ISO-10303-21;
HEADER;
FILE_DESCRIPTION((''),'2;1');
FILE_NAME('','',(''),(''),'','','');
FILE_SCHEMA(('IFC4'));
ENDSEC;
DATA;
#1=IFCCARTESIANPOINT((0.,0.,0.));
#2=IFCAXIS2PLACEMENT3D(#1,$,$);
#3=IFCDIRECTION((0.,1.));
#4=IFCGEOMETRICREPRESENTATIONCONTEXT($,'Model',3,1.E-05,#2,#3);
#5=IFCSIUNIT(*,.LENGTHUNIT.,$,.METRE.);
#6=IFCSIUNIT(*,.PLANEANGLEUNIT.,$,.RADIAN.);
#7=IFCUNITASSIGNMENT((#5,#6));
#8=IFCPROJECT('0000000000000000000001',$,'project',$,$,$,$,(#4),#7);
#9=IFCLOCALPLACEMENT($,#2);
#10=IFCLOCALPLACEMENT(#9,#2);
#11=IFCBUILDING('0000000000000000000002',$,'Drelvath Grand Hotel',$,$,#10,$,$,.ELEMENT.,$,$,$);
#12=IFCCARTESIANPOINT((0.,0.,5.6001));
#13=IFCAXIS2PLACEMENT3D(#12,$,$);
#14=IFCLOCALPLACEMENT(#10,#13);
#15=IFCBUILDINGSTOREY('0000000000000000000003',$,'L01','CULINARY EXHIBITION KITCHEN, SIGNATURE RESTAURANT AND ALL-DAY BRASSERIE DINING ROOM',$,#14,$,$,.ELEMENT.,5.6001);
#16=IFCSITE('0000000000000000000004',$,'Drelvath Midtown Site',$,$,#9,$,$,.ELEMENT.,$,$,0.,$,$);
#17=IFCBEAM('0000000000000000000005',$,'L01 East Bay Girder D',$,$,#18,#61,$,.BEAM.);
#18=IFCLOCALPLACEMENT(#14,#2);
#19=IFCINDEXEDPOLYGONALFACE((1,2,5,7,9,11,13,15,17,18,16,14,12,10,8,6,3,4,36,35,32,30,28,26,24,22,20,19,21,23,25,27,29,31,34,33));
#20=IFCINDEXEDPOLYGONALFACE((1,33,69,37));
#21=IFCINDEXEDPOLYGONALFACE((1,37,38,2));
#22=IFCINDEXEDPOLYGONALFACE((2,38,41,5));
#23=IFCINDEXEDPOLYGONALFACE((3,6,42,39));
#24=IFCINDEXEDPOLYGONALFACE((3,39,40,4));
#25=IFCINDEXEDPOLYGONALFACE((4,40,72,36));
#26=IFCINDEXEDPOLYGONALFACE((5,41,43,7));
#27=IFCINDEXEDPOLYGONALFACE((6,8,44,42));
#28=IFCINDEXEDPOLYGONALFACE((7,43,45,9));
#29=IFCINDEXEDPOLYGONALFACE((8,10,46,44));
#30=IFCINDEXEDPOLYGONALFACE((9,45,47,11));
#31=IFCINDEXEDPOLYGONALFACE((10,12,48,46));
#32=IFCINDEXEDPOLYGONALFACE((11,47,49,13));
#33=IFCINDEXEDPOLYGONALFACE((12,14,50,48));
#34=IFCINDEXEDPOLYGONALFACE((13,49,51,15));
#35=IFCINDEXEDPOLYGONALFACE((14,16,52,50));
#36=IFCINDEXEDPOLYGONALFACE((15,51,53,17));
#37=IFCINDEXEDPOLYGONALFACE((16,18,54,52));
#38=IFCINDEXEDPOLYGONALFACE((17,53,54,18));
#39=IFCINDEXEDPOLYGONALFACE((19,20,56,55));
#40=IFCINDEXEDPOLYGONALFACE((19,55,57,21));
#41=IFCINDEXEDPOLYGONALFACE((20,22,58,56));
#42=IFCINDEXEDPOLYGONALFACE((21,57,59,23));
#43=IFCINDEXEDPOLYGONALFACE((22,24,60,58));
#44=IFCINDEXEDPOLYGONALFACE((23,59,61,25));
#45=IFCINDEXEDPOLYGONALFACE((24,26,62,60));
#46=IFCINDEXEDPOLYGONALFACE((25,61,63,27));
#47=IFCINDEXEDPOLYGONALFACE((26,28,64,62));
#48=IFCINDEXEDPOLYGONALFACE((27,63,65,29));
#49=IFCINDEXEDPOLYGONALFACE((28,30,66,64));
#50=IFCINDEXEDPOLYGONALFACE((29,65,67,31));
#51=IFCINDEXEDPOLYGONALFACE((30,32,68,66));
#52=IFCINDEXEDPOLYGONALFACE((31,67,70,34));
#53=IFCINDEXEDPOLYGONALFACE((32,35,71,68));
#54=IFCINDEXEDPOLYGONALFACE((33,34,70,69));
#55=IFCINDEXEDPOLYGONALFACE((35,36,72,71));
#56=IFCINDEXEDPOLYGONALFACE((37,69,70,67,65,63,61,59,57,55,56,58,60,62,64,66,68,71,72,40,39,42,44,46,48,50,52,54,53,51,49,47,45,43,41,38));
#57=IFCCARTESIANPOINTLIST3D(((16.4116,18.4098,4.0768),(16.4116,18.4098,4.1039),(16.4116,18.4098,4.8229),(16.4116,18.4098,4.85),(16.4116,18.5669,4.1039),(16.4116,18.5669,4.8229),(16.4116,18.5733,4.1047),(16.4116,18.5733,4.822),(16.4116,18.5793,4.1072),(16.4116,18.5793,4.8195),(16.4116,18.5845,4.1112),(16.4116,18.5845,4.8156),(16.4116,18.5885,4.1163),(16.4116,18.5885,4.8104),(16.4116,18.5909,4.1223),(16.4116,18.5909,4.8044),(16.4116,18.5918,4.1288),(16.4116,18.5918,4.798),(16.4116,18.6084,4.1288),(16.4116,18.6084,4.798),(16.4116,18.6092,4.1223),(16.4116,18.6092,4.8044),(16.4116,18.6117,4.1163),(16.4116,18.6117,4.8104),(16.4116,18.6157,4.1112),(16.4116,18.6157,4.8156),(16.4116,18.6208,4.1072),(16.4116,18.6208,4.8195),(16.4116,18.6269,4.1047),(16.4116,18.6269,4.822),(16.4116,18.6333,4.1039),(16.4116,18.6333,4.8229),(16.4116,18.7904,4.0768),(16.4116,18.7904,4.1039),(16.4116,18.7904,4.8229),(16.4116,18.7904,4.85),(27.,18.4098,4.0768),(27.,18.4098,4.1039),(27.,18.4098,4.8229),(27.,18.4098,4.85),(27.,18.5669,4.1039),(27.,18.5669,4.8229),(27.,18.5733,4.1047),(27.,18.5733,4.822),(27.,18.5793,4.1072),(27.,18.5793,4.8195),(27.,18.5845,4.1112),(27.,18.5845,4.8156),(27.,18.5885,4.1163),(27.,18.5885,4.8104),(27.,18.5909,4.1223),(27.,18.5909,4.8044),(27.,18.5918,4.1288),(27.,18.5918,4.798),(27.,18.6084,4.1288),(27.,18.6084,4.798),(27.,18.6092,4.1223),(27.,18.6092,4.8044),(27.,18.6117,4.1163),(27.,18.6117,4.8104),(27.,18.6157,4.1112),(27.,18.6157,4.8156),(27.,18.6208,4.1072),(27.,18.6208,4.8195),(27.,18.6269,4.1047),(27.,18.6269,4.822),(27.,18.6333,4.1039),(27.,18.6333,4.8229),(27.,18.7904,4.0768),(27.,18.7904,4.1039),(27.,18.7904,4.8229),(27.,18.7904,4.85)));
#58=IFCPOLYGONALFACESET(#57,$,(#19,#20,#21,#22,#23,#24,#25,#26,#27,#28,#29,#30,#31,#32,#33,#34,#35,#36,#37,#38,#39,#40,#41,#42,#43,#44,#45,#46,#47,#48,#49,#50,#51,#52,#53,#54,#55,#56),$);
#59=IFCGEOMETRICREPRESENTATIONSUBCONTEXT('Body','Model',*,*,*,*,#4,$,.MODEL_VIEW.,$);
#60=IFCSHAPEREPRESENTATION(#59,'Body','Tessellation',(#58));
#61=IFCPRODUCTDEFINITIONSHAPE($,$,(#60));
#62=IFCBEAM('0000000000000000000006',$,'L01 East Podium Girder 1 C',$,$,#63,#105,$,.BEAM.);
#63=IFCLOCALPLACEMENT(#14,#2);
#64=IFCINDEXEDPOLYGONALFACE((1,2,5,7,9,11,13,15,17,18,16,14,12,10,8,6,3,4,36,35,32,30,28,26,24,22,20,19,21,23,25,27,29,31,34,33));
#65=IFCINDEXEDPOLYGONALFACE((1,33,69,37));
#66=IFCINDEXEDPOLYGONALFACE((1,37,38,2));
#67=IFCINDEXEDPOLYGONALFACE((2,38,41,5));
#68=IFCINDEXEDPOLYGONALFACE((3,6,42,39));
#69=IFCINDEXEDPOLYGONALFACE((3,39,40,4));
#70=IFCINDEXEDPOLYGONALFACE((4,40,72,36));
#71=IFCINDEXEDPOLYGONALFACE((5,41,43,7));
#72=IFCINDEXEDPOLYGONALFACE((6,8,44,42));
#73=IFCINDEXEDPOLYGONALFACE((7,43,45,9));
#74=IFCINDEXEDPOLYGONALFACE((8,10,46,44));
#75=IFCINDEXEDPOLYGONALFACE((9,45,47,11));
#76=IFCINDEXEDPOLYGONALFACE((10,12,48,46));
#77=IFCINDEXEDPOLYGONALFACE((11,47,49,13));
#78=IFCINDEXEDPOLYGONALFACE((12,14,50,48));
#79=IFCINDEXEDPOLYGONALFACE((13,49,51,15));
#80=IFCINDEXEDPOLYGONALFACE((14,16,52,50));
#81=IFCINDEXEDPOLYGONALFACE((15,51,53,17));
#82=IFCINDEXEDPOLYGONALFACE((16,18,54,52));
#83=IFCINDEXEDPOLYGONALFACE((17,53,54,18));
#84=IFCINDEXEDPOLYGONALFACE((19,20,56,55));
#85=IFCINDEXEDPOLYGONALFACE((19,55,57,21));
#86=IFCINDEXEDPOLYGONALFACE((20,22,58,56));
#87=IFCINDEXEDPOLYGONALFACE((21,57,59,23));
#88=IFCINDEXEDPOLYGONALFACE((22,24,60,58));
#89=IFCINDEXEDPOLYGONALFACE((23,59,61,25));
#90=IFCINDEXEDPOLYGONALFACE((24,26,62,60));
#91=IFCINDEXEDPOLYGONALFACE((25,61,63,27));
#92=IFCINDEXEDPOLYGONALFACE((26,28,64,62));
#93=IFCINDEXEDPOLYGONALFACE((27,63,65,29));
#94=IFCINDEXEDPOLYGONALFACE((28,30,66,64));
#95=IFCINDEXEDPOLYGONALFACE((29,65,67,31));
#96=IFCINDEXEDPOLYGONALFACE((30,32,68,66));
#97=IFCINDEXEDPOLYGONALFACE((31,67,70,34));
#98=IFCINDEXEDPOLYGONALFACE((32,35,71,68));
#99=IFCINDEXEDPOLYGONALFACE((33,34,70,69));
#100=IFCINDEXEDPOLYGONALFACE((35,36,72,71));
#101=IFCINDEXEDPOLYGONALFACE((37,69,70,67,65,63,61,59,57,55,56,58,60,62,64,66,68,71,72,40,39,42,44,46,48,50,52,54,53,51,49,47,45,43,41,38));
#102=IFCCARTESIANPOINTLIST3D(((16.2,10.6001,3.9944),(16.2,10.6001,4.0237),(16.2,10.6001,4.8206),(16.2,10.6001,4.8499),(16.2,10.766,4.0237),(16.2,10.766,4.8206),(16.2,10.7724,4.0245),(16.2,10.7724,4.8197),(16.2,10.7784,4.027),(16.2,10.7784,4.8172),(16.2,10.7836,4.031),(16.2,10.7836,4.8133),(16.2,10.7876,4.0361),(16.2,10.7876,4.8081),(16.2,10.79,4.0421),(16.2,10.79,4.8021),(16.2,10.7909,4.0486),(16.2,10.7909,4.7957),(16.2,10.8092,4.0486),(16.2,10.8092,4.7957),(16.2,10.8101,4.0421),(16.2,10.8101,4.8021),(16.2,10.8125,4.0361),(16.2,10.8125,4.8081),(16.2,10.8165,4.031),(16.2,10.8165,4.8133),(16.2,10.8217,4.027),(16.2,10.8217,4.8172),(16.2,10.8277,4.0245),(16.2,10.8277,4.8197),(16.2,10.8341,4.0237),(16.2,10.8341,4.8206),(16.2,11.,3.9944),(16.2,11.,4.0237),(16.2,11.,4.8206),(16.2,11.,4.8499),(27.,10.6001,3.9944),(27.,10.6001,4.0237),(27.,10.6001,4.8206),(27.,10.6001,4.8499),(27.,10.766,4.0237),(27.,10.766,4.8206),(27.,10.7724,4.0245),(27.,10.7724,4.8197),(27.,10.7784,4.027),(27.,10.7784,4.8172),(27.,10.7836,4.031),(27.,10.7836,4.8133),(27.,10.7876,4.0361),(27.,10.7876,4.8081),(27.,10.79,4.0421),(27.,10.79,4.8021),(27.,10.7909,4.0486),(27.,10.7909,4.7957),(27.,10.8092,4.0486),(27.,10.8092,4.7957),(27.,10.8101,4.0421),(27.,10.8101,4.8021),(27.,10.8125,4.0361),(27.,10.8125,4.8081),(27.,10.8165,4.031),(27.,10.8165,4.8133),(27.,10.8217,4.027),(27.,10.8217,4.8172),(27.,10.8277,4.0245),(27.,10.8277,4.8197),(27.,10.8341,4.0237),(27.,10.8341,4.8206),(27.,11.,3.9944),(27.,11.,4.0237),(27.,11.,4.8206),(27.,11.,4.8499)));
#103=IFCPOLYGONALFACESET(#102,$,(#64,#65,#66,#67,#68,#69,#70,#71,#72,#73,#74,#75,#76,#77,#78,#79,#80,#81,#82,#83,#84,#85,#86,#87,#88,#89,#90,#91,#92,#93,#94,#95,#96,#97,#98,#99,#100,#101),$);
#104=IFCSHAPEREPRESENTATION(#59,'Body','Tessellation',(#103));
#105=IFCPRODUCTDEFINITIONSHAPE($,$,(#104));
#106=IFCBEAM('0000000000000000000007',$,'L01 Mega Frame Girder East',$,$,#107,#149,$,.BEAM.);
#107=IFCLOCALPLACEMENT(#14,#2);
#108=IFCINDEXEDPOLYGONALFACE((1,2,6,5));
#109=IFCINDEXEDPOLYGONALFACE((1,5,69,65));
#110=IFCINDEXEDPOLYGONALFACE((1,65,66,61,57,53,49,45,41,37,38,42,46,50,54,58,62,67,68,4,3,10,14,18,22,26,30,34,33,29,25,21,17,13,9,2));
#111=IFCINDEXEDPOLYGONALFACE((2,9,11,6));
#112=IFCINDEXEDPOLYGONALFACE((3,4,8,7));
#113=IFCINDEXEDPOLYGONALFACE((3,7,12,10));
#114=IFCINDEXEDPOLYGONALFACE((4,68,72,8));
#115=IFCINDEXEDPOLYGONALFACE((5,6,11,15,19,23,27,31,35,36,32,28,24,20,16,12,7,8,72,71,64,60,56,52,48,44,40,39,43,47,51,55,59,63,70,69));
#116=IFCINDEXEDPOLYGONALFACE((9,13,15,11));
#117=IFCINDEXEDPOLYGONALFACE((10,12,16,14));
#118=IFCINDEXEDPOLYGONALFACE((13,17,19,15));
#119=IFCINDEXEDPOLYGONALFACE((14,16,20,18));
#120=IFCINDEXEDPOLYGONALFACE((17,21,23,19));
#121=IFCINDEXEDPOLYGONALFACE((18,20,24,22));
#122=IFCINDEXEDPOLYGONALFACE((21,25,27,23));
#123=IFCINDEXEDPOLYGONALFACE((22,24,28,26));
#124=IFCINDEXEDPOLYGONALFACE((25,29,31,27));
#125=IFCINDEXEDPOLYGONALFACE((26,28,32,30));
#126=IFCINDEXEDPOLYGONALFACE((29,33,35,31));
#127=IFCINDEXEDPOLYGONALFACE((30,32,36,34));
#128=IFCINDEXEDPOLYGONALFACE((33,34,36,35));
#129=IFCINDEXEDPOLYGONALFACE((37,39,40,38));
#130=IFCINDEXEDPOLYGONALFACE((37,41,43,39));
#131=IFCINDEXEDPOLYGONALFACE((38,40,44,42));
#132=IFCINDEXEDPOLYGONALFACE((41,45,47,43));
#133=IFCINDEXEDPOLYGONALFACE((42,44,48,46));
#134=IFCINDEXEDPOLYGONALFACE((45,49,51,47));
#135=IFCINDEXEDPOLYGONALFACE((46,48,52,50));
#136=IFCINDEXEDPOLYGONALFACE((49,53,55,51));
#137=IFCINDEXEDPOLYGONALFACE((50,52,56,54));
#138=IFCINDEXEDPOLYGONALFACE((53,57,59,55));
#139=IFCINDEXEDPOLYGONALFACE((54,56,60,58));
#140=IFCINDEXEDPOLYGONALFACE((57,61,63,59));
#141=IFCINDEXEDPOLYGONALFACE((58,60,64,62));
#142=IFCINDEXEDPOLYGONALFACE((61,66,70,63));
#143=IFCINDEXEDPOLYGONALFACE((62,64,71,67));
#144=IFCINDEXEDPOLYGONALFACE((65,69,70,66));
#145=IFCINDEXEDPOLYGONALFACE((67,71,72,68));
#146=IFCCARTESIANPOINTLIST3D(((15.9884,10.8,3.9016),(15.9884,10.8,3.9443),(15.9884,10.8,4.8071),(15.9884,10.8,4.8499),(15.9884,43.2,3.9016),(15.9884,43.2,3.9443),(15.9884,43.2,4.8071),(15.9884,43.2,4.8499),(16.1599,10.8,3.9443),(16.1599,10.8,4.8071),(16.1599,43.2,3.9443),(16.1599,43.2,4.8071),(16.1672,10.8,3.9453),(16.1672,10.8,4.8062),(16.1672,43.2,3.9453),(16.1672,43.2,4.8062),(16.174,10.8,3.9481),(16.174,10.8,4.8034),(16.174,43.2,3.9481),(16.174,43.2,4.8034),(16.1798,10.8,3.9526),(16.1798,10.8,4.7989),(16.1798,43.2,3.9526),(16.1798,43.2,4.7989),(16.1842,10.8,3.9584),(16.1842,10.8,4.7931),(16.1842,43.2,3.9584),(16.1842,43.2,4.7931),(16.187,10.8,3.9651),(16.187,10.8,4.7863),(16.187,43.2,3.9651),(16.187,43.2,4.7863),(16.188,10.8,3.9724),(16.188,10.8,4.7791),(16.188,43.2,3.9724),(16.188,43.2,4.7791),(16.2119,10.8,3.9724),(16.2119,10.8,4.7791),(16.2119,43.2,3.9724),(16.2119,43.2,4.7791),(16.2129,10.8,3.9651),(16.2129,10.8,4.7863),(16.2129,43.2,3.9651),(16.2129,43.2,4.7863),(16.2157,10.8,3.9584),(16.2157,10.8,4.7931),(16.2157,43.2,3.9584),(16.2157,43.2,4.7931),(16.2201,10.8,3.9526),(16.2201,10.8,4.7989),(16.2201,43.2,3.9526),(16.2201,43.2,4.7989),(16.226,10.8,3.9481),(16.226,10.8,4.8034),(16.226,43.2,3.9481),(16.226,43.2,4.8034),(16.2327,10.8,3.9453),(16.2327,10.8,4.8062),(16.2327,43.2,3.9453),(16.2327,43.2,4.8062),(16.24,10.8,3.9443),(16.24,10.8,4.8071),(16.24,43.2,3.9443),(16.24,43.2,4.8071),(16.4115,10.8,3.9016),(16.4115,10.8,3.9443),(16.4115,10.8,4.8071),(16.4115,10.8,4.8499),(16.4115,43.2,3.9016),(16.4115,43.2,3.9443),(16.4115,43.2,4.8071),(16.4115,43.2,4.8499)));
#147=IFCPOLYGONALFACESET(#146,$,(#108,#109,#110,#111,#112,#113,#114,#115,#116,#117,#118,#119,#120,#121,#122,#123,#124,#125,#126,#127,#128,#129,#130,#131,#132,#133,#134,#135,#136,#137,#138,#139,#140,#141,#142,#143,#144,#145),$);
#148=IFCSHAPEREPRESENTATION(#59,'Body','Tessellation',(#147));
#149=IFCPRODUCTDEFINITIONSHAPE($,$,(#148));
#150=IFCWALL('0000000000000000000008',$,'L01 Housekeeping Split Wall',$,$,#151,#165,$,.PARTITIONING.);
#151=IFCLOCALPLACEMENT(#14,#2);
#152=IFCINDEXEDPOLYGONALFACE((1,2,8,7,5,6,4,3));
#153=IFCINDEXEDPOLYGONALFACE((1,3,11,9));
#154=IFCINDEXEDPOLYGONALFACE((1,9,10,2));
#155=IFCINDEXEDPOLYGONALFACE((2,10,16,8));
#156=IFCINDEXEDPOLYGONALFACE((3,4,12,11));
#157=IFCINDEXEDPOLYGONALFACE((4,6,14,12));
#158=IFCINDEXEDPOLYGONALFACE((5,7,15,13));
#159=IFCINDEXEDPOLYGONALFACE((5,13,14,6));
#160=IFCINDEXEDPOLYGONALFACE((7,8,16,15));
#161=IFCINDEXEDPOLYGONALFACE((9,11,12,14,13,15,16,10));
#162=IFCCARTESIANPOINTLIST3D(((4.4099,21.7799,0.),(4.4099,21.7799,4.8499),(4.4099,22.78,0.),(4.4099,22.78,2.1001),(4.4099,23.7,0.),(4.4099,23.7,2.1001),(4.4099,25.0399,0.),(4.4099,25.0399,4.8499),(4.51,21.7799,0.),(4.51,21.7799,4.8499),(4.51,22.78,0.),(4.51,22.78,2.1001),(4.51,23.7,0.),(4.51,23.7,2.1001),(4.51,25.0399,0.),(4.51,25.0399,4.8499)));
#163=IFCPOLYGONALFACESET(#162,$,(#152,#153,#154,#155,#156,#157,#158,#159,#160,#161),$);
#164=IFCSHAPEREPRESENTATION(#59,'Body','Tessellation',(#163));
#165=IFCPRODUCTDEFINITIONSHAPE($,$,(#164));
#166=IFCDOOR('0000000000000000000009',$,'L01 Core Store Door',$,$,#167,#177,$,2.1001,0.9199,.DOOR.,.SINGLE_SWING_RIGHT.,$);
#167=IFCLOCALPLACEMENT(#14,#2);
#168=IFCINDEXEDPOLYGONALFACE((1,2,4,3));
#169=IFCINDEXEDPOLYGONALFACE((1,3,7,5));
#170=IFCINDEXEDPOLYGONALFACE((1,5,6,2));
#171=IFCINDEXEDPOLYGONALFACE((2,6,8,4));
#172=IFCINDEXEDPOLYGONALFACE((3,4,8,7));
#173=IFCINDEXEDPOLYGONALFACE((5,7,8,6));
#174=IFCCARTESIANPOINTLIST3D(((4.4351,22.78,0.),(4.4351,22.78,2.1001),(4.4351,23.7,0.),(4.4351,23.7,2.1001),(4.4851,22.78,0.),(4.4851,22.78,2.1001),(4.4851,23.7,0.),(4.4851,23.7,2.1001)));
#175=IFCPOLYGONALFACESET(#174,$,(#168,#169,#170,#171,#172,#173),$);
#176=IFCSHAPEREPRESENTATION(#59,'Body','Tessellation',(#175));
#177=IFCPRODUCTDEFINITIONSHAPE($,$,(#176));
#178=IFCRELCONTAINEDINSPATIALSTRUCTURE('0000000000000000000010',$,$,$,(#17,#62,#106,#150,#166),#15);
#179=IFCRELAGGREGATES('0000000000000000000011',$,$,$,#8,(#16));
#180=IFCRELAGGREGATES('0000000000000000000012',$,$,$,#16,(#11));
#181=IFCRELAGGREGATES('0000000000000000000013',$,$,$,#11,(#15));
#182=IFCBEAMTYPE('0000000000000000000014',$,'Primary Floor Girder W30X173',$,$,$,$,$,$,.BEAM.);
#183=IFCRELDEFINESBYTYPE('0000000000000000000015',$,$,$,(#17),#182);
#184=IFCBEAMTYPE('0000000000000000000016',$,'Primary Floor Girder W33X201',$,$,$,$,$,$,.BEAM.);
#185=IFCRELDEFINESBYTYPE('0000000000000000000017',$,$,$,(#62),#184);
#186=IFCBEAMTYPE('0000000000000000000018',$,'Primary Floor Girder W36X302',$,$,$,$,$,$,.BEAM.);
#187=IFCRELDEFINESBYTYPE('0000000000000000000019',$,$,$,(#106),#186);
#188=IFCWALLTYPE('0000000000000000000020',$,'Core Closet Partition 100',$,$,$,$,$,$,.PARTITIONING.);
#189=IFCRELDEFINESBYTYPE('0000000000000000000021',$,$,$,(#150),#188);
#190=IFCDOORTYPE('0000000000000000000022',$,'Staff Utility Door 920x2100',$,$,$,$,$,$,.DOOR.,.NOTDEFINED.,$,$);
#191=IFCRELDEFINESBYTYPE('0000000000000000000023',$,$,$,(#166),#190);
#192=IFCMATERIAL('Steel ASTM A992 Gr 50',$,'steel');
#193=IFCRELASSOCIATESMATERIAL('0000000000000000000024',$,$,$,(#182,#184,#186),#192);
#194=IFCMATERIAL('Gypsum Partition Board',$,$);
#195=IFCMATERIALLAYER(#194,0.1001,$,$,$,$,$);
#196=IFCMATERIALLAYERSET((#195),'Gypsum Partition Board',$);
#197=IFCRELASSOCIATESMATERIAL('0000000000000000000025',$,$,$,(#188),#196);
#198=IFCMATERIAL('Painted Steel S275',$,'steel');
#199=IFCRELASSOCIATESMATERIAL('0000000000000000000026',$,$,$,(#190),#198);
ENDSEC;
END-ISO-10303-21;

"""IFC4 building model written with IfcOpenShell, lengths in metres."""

from ifc_helpers import new_model, si_unit, direction, frame, frame_2d, origin, origin_2d, place, context, subcontext, project, spatial, rectangle, i_section, extrude, material, layer, layer_set, material_profile, profile_set, type_object, element, fill, save


model = new_model("IFC4")

# Units and contexts
model_context = context("Model", 3, precision=1e-05, world=origin(), true_north=direction((0.0, 1.0)))
body_context = subcontext(model_context, "Body", "Model", "MODEL_VIEW")
ifc_project = project(units=[si_unit("LENGTHUNIT", "METRE"), si_unit("PLANEANGLEUNIT", "RADIAN")], contexts=[model_context])

# Site, building, storey
site_placement = place(None, origin())
site = spatial("IfcSite", under=ifc_project, at=site_placement, Name="Drelvath Midtown Site", CompositionType="ELEMENT", RefElevation=0.0)
building_placement = place(site_placement, origin())
building = spatial("IfcBuilding", under=site, at=building_placement, Name="Drelvath Grand Hotel", CompositionType="ELEMENT")
storey_placement = place(building_placement, frame((0.0, 0.0, 5.6001)))
storey = spatial("IfcBuildingStorey", under=building, at=storey_placement, Name="L01", Description="CULINARY EXHIBITION KITCHEN, SIGNATURE RESTAURANT AND ALL-DAY BRASSERIE DINING ROOM", CompositionType="ELEMENT", Elevation=5.6001)

# Beams
ifc_material_1 = material(Name="Steel ASTM A992 Gr 50", Category="steel")
ifc_material_profile_1 = material_profile(ifc_material_1, i_section(OverallWidth=0.3806, OverallDepth=0.7732, WebThickness=0.0166, FlangeThickness=0.0271, FilletRadius=0.0249, at=origin_2d()), Name="W30X173")
ifc_profile_set_1 = profile_set([ifc_material_profile_1], Name="Steel ASTM A992 Gr 50")
beam_type_1 = type_object("IfcBeamType", Name="Primary Floor Girder W30X173", PredefinedType="BEAM", material=ifc_profile_set_1)
beam_1_placement = place(storey_placement, frame((16.4116, 18.6001, 4.4634), z_axis=(1.0, 0.0, 0.0), x_axis=(0.0, 1.0, 0.0)))
element("IfcBeam", 1, at=beam_1_placement, inside=storey, type_object=beam_type_1, Name="L01 East Bay Girder D", PredefinedType="BEAM", context=body_context, shape_type="SweptSolid", body=[
    extrude(i_section(OverallWidth=0.3806, OverallDepth=0.7732, WebThickness=0.0166, FlangeThickness=0.0271, FilletRadius=0.0249, at=origin_2d()), origin(), (0.0, 0.0, 1.0), 10.5884),
])
ifc_material_profile_2 = material_profile(ifc_material_1, i_section(OverallWidth=0.3999, OverallDepth=0.8555, WebThickness=0.0183, FlangeThickness=0.0293, FilletRadius=0.0249, at=origin_2d()), Name="W33X201")
ifc_profile_set_2 = profile_set([ifc_material_profile_2], Name="Steel ASTM A992 Gr 50")
beam_type_2 = type_object("IfcBeamType", Name="Primary Floor Girder W33X201", PredefinedType="BEAM", material=ifc_profile_set_2)
beam_2_placement = place(storey_placement, frame((16.2, 10.8, 4.4221), z_axis=(1.0, 0.0, 0.0), x_axis=(0.0, 1.0, 0.0)))
element("IfcBeam", 2, at=beam_2_placement, inside=storey, type_object=beam_type_2, Name="L01 East Podium Girder 1 C", PredefinedType="BEAM", context=body_context, shape_type="SweptSolid", body=[
    extrude(i_section(OverallWidth=0.3999, OverallDepth=0.8555, WebThickness=0.0183, FlangeThickness=0.0293, FilletRadius=0.0249, at=origin_2d()), origin(), (0.0, 0.0, 1.0), 10.8),
])
ifc_material_profile_3 = material_profile(ifc_material_1, i_section(OverallWidth=0.4231, OverallDepth=0.9482, WebThickness=0.0239, FlangeThickness=0.0427, FilletRadius=0.0281, at=origin_2d()), Name="W36X302")
ifc_profile_set_3 = profile_set([ifc_material_profile_3], Name="Steel ASTM A992 Gr 50")
beam_type_3 = type_object("IfcBeamType", Name="Primary Floor Girder W36X302", PredefinedType="BEAM", material=ifc_profile_set_3)
beam_3_placement = place(storey_placement, frame((16.2, 10.8, 4.3757), z_axis=(0.0, 1.0, 0.0), x_axis=(-1.0, 0.0, 0.0)))
element("IfcBeam", 3, at=beam_3_placement, inside=storey, type_object=beam_type_3, Name="L01 Mega Frame Girder East", PredefinedType="BEAM", context=body_context, shape_type="SweptSolid", body=[
    extrude(i_section(OverallWidth=0.4231, OverallDepth=0.9482, WebThickness=0.0239, FlangeThickness=0.0427, FilletRadius=0.0281, at=origin_2d()), origin(), (0.0, 0.0, 1.0), 32.3999),
])

# Wall, opening, door
ifc_material_2 = material(Name="Gypsum Partition Board")
ifc_layer_1 = layer(ifc_material_2, 0.1001)
ifc_layer_set_1 = layer_set([ifc_layer_1], Name="Gypsum Partition Board")
wall_type_1 = type_object("IfcWallType", Name="Core Closet Partition 100", PredefinedType="PARTITIONING", material=ifc_layer_set_1)
wall_1_placement = place(storey_placement, frame((4.46, 21.78, 0.0), z_axis=(0.0, 0.0, 1.0), x_axis=(0.0, 1.0, 0.0)))
wall_1 = element("IfcWall", 4, at=wall_1_placement, inside=storey, type_object=wall_type_1, Name="L01 Housekeeping Split Wall", PredefinedType="PARTITIONING", context=body_context, shape_type="SweptSolid", body=[
    extrude(rectangle(XDim=3.26, YDim=0.1001, at=frame_2d((1.6299, 0.0))), origin(), (0.0, 0.0, 1.0), 4.8499),
])
opening_1_placement = place(wall_1_placement, frame((1.0, 0.0, 0.0)))
opening_1 = element("IfcOpeningElement", 5, at=opening_1_placement, cuts=wall_1, PredefinedType="OPENING", context=body_context, shape_type="SweptSolid", body=[
    extrude(rectangle(XDim=0.9199, YDim=2.1001, at=frame_2d((0.46, 1.05))), frame((0.0, 0.0601, 0.0), z_axis=(0.0, -1.0, 0.0), x_axis=(1.0, 0.0, 0.0)), (0.0, 0.0, 1.0), 0.1201),
])
ifc_material_3 = material(Name="Painted Steel S275", Category="steel")
door_type_1 = type_object("IfcDoorType", Name="Staff Utility Door 920x2100", OperationType="NOTDEFINED", PredefinedType="DOOR", material=ifc_material_3)
door_1_placement = place(opening_1_placement, origin())
door_1 = element("IfcDoor", 6, at=door_1_placement, inside=storey, type_object=door_type_1, Name="L01 Core Store Door", OperationType="SINGLE_SWING_RIGHT", OverallHeight=2.1001, OverallWidth=0.9199, PredefinedType="DOOR", context=body_context, shape_type="SweptSolid", body=[
    extrude(rectangle(XDim=0.9199, YDim=2.1001, at=frame_2d((0.46, 1.05))), frame((0.0, 0.0249, 0.0), z_axis=(0.0, -1.0, 0.0), x_axis=(1.0, 0.0, 0.0)), (0.0, 0.0, 1.0), 0.05),
])
fill(opening_1, door_1)

save(model, "model.ifc")
